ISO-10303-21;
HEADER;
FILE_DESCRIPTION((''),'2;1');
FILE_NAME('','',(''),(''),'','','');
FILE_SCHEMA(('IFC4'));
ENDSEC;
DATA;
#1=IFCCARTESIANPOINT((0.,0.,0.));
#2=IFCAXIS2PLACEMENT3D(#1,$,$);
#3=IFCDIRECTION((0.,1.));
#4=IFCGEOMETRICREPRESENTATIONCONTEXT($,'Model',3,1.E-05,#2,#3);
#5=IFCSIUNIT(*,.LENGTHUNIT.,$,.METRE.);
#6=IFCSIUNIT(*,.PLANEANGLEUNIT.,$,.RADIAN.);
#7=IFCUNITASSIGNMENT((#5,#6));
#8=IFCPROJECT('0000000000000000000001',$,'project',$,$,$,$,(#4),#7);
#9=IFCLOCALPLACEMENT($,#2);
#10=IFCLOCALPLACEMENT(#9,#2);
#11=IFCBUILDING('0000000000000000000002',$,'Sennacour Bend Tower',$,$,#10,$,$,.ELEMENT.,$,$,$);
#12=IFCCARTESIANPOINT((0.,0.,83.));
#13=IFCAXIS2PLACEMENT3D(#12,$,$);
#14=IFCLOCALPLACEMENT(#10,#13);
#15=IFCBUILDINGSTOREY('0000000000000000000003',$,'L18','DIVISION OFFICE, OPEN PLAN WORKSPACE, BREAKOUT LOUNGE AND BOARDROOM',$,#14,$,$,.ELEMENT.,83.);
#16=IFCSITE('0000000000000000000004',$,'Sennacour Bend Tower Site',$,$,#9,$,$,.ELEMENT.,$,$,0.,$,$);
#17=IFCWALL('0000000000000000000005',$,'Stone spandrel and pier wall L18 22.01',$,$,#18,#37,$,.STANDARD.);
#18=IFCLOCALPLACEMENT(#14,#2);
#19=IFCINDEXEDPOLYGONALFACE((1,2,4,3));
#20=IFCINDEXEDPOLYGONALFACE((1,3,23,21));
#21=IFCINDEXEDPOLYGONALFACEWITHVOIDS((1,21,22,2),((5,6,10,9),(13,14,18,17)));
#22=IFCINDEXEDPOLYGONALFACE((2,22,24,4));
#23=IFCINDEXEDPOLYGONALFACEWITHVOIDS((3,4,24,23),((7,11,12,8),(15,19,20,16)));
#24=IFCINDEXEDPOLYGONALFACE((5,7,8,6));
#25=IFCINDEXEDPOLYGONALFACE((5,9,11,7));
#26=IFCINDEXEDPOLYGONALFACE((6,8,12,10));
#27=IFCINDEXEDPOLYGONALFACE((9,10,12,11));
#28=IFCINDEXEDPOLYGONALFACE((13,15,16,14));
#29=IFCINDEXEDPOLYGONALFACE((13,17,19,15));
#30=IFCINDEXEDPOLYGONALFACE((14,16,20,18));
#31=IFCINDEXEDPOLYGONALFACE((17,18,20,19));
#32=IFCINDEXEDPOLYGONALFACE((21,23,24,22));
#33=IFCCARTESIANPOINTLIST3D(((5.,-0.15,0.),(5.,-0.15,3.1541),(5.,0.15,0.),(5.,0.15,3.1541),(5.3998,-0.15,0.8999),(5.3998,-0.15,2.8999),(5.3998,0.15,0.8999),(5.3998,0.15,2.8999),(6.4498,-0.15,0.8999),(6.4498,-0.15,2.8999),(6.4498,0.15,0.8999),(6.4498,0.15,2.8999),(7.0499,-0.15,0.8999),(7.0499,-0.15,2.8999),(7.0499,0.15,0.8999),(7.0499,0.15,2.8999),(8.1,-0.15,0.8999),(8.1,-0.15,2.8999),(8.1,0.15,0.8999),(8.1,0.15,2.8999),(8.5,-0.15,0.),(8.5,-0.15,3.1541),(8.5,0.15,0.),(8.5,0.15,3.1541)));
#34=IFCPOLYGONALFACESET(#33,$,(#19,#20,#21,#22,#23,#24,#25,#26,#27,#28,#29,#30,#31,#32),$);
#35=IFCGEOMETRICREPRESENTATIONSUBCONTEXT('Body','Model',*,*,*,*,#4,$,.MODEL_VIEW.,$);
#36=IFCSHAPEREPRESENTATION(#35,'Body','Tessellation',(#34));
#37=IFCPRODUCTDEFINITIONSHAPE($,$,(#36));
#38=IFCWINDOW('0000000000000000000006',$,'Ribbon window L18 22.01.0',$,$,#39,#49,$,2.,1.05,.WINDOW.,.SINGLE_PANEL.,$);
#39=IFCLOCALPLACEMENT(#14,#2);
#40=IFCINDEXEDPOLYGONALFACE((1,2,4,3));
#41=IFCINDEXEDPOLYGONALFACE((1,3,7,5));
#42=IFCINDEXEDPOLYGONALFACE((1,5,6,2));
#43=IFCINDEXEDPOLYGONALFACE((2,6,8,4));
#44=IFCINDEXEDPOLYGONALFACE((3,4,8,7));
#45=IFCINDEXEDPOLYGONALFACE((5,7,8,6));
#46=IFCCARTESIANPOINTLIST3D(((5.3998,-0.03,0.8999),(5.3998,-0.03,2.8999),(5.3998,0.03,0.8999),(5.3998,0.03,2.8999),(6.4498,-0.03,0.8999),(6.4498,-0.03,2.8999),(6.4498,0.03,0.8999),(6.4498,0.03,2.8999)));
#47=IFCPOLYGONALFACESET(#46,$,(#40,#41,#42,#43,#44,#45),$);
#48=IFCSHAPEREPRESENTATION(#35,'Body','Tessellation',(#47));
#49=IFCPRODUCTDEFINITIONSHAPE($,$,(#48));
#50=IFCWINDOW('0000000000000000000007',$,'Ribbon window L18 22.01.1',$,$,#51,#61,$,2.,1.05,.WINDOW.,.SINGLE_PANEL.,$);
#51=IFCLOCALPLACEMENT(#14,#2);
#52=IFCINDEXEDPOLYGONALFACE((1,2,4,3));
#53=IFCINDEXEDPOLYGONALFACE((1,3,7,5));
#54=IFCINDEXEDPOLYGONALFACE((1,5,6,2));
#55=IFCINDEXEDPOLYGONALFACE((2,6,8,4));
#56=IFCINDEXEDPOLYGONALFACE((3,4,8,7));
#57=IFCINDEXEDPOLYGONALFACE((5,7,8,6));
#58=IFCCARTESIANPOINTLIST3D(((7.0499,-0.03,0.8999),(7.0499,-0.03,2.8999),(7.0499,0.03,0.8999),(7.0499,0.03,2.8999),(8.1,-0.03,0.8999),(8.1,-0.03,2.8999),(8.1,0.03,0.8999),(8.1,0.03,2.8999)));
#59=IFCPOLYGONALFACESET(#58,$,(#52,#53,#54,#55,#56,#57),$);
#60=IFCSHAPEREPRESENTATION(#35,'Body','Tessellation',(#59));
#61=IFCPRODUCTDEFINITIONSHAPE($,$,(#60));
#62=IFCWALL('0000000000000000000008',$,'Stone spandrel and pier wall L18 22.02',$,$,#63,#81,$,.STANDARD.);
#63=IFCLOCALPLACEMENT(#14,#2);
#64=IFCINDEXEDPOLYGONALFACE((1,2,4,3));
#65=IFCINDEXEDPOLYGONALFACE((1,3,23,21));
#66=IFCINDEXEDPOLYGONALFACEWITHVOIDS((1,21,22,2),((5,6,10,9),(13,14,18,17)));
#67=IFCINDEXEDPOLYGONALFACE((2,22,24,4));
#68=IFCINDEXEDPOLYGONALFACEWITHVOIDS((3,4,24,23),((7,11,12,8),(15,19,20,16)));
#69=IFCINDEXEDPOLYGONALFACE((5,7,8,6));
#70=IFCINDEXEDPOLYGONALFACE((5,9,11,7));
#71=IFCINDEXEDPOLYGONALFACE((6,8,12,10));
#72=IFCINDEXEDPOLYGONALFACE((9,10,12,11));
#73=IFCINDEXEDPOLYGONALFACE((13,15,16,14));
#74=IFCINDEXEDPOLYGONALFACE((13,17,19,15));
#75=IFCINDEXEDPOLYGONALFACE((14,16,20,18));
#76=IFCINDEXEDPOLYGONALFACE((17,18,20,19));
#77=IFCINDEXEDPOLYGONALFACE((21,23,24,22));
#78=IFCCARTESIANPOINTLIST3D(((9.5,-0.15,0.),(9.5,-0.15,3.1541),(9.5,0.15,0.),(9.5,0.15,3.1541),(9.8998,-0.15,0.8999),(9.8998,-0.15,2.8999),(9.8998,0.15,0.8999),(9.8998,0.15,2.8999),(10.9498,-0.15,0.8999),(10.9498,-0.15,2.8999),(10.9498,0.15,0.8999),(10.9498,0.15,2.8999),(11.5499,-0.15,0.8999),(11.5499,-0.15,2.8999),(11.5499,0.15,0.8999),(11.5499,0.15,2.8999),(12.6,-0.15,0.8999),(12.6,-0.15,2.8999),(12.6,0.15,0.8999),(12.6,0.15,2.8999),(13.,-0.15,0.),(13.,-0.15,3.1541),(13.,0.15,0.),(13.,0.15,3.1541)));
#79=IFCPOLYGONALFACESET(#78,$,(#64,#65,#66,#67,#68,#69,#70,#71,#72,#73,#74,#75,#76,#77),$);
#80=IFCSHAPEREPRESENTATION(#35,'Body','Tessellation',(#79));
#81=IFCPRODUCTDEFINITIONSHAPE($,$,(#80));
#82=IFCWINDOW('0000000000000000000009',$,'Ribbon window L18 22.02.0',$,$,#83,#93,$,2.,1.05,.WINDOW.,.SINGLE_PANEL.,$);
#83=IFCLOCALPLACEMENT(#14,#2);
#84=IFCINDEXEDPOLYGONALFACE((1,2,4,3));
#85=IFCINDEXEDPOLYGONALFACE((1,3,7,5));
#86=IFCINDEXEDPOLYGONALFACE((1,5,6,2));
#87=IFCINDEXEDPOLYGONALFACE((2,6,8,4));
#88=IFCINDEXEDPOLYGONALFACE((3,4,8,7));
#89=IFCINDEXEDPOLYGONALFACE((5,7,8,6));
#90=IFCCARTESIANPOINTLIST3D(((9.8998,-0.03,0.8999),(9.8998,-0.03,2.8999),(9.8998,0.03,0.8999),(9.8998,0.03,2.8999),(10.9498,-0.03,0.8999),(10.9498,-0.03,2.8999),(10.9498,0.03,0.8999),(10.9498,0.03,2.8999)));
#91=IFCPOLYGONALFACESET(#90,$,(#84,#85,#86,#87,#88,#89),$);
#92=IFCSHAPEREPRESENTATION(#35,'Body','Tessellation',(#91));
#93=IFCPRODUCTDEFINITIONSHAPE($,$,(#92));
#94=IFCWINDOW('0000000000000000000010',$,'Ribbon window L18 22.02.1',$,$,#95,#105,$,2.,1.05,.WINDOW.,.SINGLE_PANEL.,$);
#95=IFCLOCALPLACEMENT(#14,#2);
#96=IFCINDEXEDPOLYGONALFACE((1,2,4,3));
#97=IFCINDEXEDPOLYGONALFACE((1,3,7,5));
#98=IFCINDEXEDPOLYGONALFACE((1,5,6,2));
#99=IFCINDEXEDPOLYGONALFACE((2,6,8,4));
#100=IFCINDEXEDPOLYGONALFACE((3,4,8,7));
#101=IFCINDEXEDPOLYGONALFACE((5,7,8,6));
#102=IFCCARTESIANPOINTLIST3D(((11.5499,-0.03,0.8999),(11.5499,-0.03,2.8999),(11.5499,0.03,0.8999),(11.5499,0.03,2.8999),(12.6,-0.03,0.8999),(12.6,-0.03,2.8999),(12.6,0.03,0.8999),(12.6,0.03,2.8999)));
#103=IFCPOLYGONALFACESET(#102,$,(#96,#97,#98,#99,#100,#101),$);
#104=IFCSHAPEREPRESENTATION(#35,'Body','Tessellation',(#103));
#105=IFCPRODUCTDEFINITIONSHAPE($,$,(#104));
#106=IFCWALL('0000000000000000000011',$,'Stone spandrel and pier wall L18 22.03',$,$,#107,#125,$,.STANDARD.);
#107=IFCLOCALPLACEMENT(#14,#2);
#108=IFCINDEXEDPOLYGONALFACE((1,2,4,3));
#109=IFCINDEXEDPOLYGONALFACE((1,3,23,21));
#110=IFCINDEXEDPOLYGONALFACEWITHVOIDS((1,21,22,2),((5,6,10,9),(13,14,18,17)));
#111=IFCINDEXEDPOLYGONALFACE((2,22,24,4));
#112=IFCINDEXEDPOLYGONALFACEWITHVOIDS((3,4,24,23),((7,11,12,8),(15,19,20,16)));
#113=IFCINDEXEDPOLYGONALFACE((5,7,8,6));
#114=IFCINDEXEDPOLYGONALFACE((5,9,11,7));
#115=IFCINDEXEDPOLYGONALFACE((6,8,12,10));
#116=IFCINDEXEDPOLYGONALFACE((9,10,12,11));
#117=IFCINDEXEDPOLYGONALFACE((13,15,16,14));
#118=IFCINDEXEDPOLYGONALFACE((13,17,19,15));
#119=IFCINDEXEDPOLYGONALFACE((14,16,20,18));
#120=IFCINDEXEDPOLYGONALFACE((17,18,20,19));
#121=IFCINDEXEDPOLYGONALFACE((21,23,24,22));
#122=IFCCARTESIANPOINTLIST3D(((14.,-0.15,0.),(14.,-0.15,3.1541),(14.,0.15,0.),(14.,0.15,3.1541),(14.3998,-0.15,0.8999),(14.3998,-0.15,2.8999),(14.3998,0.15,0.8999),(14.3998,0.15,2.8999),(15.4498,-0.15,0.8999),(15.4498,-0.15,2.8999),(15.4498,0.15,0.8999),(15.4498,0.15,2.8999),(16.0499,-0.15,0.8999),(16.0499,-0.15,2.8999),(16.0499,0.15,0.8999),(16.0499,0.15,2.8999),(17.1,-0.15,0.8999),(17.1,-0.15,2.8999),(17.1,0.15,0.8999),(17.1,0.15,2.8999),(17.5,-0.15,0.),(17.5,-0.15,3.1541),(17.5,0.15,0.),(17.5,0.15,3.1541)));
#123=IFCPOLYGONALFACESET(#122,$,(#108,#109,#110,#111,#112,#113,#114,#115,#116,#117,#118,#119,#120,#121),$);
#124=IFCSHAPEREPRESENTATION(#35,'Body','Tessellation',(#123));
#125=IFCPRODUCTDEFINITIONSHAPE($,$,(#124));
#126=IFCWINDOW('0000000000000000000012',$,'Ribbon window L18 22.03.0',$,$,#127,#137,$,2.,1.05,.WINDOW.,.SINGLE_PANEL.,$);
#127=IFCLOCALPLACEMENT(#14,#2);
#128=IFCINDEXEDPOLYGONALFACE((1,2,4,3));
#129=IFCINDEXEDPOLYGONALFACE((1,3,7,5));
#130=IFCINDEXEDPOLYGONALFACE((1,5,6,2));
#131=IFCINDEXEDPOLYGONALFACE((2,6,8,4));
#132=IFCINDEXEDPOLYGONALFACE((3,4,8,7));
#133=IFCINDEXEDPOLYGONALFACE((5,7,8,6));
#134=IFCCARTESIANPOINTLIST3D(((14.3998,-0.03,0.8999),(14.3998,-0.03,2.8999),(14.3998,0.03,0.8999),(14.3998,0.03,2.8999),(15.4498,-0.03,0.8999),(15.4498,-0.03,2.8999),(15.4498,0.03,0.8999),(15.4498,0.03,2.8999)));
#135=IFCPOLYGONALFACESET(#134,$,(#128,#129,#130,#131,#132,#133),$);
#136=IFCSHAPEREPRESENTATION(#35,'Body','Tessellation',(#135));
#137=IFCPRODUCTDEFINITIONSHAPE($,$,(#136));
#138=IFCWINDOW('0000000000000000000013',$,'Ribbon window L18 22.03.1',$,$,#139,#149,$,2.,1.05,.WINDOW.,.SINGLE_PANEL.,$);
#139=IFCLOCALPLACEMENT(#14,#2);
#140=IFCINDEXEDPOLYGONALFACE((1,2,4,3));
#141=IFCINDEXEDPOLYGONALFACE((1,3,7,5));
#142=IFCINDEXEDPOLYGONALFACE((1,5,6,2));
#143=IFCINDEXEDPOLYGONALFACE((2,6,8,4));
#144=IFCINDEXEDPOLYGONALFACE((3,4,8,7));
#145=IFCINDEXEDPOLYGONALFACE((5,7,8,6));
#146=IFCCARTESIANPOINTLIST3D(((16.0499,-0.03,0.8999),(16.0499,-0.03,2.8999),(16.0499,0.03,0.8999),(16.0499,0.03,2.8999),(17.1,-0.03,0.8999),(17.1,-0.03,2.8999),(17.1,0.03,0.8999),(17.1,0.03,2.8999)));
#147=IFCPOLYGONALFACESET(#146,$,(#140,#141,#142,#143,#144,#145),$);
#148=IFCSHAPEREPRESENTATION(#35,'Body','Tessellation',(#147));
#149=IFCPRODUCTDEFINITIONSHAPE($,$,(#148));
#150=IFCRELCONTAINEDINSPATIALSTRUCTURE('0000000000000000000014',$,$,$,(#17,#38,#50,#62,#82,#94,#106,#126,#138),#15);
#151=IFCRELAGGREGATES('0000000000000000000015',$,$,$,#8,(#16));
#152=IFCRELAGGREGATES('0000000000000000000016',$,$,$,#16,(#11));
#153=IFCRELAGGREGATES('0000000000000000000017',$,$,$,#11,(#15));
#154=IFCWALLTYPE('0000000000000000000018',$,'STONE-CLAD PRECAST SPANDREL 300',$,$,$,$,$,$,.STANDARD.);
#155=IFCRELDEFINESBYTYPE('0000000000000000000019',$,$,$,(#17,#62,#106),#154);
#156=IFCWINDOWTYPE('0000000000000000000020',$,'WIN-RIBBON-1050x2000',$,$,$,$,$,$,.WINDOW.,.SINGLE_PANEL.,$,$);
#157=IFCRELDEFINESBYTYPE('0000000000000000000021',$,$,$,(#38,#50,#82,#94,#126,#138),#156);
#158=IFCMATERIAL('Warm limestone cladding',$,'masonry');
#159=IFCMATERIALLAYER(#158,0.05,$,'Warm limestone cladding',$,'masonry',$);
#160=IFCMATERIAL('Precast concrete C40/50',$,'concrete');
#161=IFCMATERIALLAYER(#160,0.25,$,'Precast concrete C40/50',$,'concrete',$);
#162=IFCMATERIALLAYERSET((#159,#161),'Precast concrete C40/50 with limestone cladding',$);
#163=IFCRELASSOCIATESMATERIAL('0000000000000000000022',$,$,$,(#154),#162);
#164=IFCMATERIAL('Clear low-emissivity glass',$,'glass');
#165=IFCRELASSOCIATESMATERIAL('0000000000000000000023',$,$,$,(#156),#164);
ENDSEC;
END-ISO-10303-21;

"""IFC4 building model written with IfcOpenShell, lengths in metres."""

from ifc_helpers import new_model, si_unit, direction, frame, frame_2d, origin, place, context, subcontext, project, spatial, rectangle, extrude, material, layer, layer_set, type_object, element, fill, save


model = new_model("IFC4")

# Units and contexts
model_context = context("Model", 3, precision=1e-05, world=origin(), true_north=direction((0.0, 1.0)))
body_context = subcontext(model_context, "Body", "Model", "MODEL_VIEW")
ifc_project = project(units=[si_unit("LENGTHUNIT", "METRE"), si_unit("PLANEANGLEUNIT", "RADIAN")], contexts=[model_context])

# Site, building, storey
site_placement = place(None, origin())
site = spatial("IfcSite", under=ifc_project, at=site_placement, Name="Sennacour Bend Tower Site", CompositionType="ELEMENT", RefElevation=0.0)
building_placement = place(site_placement, origin())
building = spatial("IfcBuilding", under=site, at=building_placement, Name="Sennacour Bend Tower", CompositionType="ELEMENT")
storey_placement = place(building_placement, frame((0.0, 0.0, 83.0)))
storey = spatial("IfcBuildingStorey", under=building, at=storey_placement, Name="L18", Description="DIVISION OFFICE, OPEN PLAN WORKSPACE, BREAKOUT LOUNGE AND BOARDROOM", CompositionType="ELEMENT", Elevation=83.0)

# Walls, openings, windows
ifc_material_1 = material(Name="Warm limestone cladding", Category="masonry")
ifc_layer_1 = layer(ifc_material_1, 0.05, Name="Warm limestone cladding", Category="masonry")
ifc_material_2 = material(Name="Precast concrete C40/50", Category="concrete")
ifc_layer_2 = layer(ifc_material_2, 0.25, Name="Precast concrete C40/50", Category="concrete")
ifc_layer_set_1 = layer_set([ifc_layer_1, ifc_layer_2], Name="Precast concrete C40/50 with limestone cladding")
wall_type_1 = type_object("IfcWallType", Name="STONE-CLAD PRECAST SPANDREL 300", PredefinedType="STANDARD", material=ifc_layer_set_1)
wall_1_placement = place(storey_placement, frame((5.0, 0.0, 0.0), z_axis=(0.0, 0.0, 1.0), x_axis=(1.0, 0.0, 0.0)))
wall_1 = element("IfcWall", 1, at=wall_1_placement, inside=storey, type_object=wall_type_1, Name="Stone spandrel and pier wall L18 22.01", PredefinedType="STANDARD", context=body_context, shape_type="SweptSolid", body=[
    extrude(rectangle(XDim=3.5, YDim=0.3, at=frame_2d((1.75, 0.0))), origin(), (0.0, 0.0, 1.0), 3.1541),
])
opening_1_placement = place(wall_1_placement, frame((0.3999, 0.0, 0.8999)))
opening_1 = element("IfcOpeningElement", 2, at=opening_1_placement, cuts=wall_1, PredefinedType="OPENING", context=body_context, shape_type="SweptSolid", body=[
    extrude(rectangle(XDim=1.05, YDim=2.0, at=frame_2d((0.5249, 1.0))), frame((0.0, 0.1602, 0.0), z_axis=(0.0, -1.0, 0.0), x_axis=(1.0, 0.0, 0.0)), (0.0, 0.0, 1.0), 0.3201),
])
opening_2_placement = place(wall_1_placement, frame((2.05, 0.0, 0.8999)))
opening_2 = element("IfcOpeningElement", 3, at=opening_2_placement, cuts=wall_1, PredefinedType="OPENING", context=body_context, shape_type="SweptSolid", body=[
    extrude(rectangle(XDim=1.05, YDim=2.0, at=frame_2d((0.5249, 1.0))), frame((0.0, 0.1602, 0.0), z_axis=(0.0, -1.0, 0.0), x_axis=(1.0, 0.0, 0.0)), (0.0, 0.0, 1.0), 0.3201),
])
ifc_material_3 = material(Name="Clear low-emissivity glass", Category="glass")
window_type = type_object("IfcWindowType", Name="WIN-RIBBON-1050x2000", PartitioningType="SINGLE_PANEL", PredefinedType="WINDOW", material=ifc_material_3)
window_1_placement = place(opening_1_placement, origin())
window_1 = element("IfcWindow", 4, at=window_1_placement, inside=storey, type_object=window_type, Name="Ribbon window L18 22.01.0", OverallHeight=2.0, OverallWidth=1.05, PartitioningType="SINGLE_PANEL", PredefinedType="WINDOW", context=body_context, shape_type="SweptSolid", body=[
    extrude(rectangle(XDim=1.05, YDim=2.0, at=frame_2d((0.5249, 1.0))), frame((0.0, 0.03, 0.0), z_axis=(0.0, -1.0, 0.0), x_axis=(1.0, 0.0, 0.0)), (0.0, 0.0, 1.0), 0.0601),
])
fill(opening_1, window_1)
window_2_placement = place(opening_2_placement, origin())
window_2 = element("IfcWindow", 5, at=window_2_placement, inside=storey, type_object=window_type, Name="Ribbon window L18 22.01.1", OverallHeight=2.0, OverallWidth=1.05, PartitioningType="SINGLE_PANEL", PredefinedType="WINDOW", context=body_context, shape_type="SweptSolid", body=[
    extrude(rectangle(XDim=1.05, YDim=2.0, at=frame_2d((0.5249, 1.0))), frame((0.0, 0.03, 0.0), z_axis=(0.0, -1.0, 0.0), x_axis=(1.0, 0.0, 0.0)), (0.0, 0.0, 1.0), 0.0601),
])
fill(opening_2, window_2)
wall_2_placement = place(storey_placement, frame((9.5, 0.0, 0.0), z_axis=(0.0, 0.0, 1.0), x_axis=(1.0, 0.0, 0.0)))
wall_2 = element("IfcWall", 6, at=wall_2_placement, inside=storey, type_object=wall_type_1, Name="Stone spandrel and pier wall L18 22.02", PredefinedType="STANDARD", context=body_context, shape_type="SweptSolid", body=[
    extrude(rectangle(XDim=3.5, YDim=0.3, at=frame_2d((1.75, 0.0))), origin(), (0.0, 0.0, 1.0), 3.1541),
])
opening_3_placement = place(wall_2_placement, frame((0.3999, 0.0, 0.8999)))
opening_3 = element("IfcOpeningElement", 7, at=opening_3_placement, cuts=wall_2, PredefinedType="OPENING", context=body_context, shape_type="SweptSolid", body=[
    extrude(rectangle(XDim=1.05, YDim=2.0, at=frame_2d((0.5249, 1.0))), frame((0.0, 0.1602, 0.0), z_axis=(0.0, -1.0, 0.0), x_axis=(1.0, 0.0, 0.0)), (0.0, 0.0, 1.0), 0.3201),
])
opening_4_placement = place(wall_2_placement, frame((2.05, 0.0, 0.8999)))
opening_4 = element("IfcOpeningElement", 8, at=opening_4_placement, cuts=wall_2, PredefinedType="OPENING", context=body_context, shape_type="SweptSolid", body=[
    extrude(rectangle(XDim=1.05, YDim=2.0, at=frame_2d((0.5249, 1.0))), frame((0.0, 0.1602, 0.0), z_axis=(0.0, -1.0, 0.0), x_axis=(1.0, 0.0, 0.0)), (0.0, 0.0, 1.0), 0.3201),
])
window_3_placement = place(opening_3_placement, origin())
window_3 = element("IfcWindow", 9, at=window_3_placement, inside=storey, type_object=window_type, Name="Ribbon window L18 22.02.0", OverallHeight=2.0, OverallWidth=1.05, PartitioningType="SINGLE_PANEL", PredefinedType="WINDOW", context=body_context, shape_type="SweptSolid", body=[
    extrude(rectangle(XDim=1.05, YDim=2.0, at=frame_2d((0.5249, 1.0))), frame((0.0, 0.03, 0.0), z_axis=(0.0, -1.0, 0.0), x_axis=(1.0, 0.0, 0.0)), (0.0, 0.0, 1.0), 0.0601),
])
fill(opening_3, window_3)
window_4_placement = place(opening_4_placement, origin())
window_4 = element("IfcWindow", 10, at=window_4_placement, inside=storey, type_object=window_type, Name="Ribbon window L18 22.02.1", OverallHeight=2.0, OverallWidth=1.05, PartitioningType="SINGLE_PANEL", PredefinedType="WINDOW", context=body_context, shape_type="SweptSolid", body=[
    extrude(rectangle(XDim=1.05, YDim=2.0, at=frame_2d((0.5249, 1.0))), frame((0.0, 0.03, 0.0), z_axis=(0.0, -1.0, 0.0), x_axis=(1.0, 0.0, 0.0)), (0.0, 0.0, 1.0), 0.0601),
])
fill(opening_4, window_4)
wall_3_placement = place(storey_placement, frame((14.0, 0.0, 0.0), z_axis=(0.0, 0.0, 1.0), x_axis=(1.0, 0.0, 0.0)))
wall_3 = element("IfcWall", 11, at=wall_3_placement, inside=storey, type_object=wall_type_1, Name="Stone spandrel and pier wall L18 22.03", PredefinedType="STANDARD", context=body_context, shape_type="SweptSolid", body=[
    extrude(rectangle(XDim=3.5, YDim=0.3, at=frame_2d((1.75, 0.0))), origin(), (0.0, 0.0, 1.0), 3.1541),
])
opening_5_placement = place(wall_3_placement, frame((0.3999, 0.0, 0.8999)))
opening_5 = element("IfcOpeningElement", 12, at=opening_5_placement, cuts=wall_3, PredefinedType="OPENING", context=body_context, shape_type="SweptSolid", body=[
    extrude(rectangle(XDim=1.05, YDim=2.0, at=frame_2d((0.5249, 1.0))), frame((0.0, 0.1602, 0.0), z_axis=(0.0, -1.0, 0.0), x_axis=(1.0, 0.0, 0.0)), (0.0, 0.0, 1.0), 0.3201),
])
opening_6_placement = place(wall_3_placement, frame((2.05, 0.0, 0.8999)))
opening_6 = element("IfcOpeningElement", 13, at=opening_6_placement, cuts=wall_3, PredefinedType="OPENING", context=body_context, shape_type="SweptSolid", body=[
    extrude(rectangle(XDim=1.05, YDim=2.0, at=frame_2d((0.5249, 1.0))), frame((0.0, 0.1602, 0.0), z_axis=(0.0, -1.0, 0.0), x_axis=(1.0, 0.0, 0.0)), (0.0, 0.0, 1.0), 0.3201),
])
window_5_placement = place(opening_5_placement, origin())
window_5 = element("IfcWindow", 14, at=window_5_placement, inside=storey, type_object=window_type, Name="Ribbon window L18 22.03.0", OverallHeight=2.0, OverallWidth=1.05, PartitioningType="SINGLE_PANEL", PredefinedType="WINDOW", context=body_context, shape_type="SweptSolid", body=[
    extrude(rectangle(XDim=1.05, YDim=2.0, at=frame_2d((0.5249, 1.0))), frame((0.0, 0.03, 0.0), z_axis=(0.0, -1.0, 0.0), x_axis=(1.0, 0.0, 0.0)), (0.0, 0.0, 1.0), 0.0601),
])
fill(opening_5, window_5)
window_6_placement = place(opening_6_placement, origin())
window_6 = element("IfcWindow", 15, at=window_6_placement, inside=storey, type_object=window_type, Name="Ribbon window L18 22.03.1", OverallHeight=2.0, OverallWidth=1.05, PartitioningType="SINGLE_PANEL", PredefinedType="WINDOW", context=body_context, shape_type="SweptSolid", body=[
    extrude(rectangle(XDim=1.05, YDim=2.0, at=frame_2d((0.5249, 1.0))), frame((0.0, 0.03, 0.0), z_axis=(0.0, -1.0, 0.0), x_axis=(1.0, 0.0, 0.0)), (0.0, 0.0, 1.0), 0.0601),
])
fill(opening_6, window_6)

save(model, "model.ifc")
